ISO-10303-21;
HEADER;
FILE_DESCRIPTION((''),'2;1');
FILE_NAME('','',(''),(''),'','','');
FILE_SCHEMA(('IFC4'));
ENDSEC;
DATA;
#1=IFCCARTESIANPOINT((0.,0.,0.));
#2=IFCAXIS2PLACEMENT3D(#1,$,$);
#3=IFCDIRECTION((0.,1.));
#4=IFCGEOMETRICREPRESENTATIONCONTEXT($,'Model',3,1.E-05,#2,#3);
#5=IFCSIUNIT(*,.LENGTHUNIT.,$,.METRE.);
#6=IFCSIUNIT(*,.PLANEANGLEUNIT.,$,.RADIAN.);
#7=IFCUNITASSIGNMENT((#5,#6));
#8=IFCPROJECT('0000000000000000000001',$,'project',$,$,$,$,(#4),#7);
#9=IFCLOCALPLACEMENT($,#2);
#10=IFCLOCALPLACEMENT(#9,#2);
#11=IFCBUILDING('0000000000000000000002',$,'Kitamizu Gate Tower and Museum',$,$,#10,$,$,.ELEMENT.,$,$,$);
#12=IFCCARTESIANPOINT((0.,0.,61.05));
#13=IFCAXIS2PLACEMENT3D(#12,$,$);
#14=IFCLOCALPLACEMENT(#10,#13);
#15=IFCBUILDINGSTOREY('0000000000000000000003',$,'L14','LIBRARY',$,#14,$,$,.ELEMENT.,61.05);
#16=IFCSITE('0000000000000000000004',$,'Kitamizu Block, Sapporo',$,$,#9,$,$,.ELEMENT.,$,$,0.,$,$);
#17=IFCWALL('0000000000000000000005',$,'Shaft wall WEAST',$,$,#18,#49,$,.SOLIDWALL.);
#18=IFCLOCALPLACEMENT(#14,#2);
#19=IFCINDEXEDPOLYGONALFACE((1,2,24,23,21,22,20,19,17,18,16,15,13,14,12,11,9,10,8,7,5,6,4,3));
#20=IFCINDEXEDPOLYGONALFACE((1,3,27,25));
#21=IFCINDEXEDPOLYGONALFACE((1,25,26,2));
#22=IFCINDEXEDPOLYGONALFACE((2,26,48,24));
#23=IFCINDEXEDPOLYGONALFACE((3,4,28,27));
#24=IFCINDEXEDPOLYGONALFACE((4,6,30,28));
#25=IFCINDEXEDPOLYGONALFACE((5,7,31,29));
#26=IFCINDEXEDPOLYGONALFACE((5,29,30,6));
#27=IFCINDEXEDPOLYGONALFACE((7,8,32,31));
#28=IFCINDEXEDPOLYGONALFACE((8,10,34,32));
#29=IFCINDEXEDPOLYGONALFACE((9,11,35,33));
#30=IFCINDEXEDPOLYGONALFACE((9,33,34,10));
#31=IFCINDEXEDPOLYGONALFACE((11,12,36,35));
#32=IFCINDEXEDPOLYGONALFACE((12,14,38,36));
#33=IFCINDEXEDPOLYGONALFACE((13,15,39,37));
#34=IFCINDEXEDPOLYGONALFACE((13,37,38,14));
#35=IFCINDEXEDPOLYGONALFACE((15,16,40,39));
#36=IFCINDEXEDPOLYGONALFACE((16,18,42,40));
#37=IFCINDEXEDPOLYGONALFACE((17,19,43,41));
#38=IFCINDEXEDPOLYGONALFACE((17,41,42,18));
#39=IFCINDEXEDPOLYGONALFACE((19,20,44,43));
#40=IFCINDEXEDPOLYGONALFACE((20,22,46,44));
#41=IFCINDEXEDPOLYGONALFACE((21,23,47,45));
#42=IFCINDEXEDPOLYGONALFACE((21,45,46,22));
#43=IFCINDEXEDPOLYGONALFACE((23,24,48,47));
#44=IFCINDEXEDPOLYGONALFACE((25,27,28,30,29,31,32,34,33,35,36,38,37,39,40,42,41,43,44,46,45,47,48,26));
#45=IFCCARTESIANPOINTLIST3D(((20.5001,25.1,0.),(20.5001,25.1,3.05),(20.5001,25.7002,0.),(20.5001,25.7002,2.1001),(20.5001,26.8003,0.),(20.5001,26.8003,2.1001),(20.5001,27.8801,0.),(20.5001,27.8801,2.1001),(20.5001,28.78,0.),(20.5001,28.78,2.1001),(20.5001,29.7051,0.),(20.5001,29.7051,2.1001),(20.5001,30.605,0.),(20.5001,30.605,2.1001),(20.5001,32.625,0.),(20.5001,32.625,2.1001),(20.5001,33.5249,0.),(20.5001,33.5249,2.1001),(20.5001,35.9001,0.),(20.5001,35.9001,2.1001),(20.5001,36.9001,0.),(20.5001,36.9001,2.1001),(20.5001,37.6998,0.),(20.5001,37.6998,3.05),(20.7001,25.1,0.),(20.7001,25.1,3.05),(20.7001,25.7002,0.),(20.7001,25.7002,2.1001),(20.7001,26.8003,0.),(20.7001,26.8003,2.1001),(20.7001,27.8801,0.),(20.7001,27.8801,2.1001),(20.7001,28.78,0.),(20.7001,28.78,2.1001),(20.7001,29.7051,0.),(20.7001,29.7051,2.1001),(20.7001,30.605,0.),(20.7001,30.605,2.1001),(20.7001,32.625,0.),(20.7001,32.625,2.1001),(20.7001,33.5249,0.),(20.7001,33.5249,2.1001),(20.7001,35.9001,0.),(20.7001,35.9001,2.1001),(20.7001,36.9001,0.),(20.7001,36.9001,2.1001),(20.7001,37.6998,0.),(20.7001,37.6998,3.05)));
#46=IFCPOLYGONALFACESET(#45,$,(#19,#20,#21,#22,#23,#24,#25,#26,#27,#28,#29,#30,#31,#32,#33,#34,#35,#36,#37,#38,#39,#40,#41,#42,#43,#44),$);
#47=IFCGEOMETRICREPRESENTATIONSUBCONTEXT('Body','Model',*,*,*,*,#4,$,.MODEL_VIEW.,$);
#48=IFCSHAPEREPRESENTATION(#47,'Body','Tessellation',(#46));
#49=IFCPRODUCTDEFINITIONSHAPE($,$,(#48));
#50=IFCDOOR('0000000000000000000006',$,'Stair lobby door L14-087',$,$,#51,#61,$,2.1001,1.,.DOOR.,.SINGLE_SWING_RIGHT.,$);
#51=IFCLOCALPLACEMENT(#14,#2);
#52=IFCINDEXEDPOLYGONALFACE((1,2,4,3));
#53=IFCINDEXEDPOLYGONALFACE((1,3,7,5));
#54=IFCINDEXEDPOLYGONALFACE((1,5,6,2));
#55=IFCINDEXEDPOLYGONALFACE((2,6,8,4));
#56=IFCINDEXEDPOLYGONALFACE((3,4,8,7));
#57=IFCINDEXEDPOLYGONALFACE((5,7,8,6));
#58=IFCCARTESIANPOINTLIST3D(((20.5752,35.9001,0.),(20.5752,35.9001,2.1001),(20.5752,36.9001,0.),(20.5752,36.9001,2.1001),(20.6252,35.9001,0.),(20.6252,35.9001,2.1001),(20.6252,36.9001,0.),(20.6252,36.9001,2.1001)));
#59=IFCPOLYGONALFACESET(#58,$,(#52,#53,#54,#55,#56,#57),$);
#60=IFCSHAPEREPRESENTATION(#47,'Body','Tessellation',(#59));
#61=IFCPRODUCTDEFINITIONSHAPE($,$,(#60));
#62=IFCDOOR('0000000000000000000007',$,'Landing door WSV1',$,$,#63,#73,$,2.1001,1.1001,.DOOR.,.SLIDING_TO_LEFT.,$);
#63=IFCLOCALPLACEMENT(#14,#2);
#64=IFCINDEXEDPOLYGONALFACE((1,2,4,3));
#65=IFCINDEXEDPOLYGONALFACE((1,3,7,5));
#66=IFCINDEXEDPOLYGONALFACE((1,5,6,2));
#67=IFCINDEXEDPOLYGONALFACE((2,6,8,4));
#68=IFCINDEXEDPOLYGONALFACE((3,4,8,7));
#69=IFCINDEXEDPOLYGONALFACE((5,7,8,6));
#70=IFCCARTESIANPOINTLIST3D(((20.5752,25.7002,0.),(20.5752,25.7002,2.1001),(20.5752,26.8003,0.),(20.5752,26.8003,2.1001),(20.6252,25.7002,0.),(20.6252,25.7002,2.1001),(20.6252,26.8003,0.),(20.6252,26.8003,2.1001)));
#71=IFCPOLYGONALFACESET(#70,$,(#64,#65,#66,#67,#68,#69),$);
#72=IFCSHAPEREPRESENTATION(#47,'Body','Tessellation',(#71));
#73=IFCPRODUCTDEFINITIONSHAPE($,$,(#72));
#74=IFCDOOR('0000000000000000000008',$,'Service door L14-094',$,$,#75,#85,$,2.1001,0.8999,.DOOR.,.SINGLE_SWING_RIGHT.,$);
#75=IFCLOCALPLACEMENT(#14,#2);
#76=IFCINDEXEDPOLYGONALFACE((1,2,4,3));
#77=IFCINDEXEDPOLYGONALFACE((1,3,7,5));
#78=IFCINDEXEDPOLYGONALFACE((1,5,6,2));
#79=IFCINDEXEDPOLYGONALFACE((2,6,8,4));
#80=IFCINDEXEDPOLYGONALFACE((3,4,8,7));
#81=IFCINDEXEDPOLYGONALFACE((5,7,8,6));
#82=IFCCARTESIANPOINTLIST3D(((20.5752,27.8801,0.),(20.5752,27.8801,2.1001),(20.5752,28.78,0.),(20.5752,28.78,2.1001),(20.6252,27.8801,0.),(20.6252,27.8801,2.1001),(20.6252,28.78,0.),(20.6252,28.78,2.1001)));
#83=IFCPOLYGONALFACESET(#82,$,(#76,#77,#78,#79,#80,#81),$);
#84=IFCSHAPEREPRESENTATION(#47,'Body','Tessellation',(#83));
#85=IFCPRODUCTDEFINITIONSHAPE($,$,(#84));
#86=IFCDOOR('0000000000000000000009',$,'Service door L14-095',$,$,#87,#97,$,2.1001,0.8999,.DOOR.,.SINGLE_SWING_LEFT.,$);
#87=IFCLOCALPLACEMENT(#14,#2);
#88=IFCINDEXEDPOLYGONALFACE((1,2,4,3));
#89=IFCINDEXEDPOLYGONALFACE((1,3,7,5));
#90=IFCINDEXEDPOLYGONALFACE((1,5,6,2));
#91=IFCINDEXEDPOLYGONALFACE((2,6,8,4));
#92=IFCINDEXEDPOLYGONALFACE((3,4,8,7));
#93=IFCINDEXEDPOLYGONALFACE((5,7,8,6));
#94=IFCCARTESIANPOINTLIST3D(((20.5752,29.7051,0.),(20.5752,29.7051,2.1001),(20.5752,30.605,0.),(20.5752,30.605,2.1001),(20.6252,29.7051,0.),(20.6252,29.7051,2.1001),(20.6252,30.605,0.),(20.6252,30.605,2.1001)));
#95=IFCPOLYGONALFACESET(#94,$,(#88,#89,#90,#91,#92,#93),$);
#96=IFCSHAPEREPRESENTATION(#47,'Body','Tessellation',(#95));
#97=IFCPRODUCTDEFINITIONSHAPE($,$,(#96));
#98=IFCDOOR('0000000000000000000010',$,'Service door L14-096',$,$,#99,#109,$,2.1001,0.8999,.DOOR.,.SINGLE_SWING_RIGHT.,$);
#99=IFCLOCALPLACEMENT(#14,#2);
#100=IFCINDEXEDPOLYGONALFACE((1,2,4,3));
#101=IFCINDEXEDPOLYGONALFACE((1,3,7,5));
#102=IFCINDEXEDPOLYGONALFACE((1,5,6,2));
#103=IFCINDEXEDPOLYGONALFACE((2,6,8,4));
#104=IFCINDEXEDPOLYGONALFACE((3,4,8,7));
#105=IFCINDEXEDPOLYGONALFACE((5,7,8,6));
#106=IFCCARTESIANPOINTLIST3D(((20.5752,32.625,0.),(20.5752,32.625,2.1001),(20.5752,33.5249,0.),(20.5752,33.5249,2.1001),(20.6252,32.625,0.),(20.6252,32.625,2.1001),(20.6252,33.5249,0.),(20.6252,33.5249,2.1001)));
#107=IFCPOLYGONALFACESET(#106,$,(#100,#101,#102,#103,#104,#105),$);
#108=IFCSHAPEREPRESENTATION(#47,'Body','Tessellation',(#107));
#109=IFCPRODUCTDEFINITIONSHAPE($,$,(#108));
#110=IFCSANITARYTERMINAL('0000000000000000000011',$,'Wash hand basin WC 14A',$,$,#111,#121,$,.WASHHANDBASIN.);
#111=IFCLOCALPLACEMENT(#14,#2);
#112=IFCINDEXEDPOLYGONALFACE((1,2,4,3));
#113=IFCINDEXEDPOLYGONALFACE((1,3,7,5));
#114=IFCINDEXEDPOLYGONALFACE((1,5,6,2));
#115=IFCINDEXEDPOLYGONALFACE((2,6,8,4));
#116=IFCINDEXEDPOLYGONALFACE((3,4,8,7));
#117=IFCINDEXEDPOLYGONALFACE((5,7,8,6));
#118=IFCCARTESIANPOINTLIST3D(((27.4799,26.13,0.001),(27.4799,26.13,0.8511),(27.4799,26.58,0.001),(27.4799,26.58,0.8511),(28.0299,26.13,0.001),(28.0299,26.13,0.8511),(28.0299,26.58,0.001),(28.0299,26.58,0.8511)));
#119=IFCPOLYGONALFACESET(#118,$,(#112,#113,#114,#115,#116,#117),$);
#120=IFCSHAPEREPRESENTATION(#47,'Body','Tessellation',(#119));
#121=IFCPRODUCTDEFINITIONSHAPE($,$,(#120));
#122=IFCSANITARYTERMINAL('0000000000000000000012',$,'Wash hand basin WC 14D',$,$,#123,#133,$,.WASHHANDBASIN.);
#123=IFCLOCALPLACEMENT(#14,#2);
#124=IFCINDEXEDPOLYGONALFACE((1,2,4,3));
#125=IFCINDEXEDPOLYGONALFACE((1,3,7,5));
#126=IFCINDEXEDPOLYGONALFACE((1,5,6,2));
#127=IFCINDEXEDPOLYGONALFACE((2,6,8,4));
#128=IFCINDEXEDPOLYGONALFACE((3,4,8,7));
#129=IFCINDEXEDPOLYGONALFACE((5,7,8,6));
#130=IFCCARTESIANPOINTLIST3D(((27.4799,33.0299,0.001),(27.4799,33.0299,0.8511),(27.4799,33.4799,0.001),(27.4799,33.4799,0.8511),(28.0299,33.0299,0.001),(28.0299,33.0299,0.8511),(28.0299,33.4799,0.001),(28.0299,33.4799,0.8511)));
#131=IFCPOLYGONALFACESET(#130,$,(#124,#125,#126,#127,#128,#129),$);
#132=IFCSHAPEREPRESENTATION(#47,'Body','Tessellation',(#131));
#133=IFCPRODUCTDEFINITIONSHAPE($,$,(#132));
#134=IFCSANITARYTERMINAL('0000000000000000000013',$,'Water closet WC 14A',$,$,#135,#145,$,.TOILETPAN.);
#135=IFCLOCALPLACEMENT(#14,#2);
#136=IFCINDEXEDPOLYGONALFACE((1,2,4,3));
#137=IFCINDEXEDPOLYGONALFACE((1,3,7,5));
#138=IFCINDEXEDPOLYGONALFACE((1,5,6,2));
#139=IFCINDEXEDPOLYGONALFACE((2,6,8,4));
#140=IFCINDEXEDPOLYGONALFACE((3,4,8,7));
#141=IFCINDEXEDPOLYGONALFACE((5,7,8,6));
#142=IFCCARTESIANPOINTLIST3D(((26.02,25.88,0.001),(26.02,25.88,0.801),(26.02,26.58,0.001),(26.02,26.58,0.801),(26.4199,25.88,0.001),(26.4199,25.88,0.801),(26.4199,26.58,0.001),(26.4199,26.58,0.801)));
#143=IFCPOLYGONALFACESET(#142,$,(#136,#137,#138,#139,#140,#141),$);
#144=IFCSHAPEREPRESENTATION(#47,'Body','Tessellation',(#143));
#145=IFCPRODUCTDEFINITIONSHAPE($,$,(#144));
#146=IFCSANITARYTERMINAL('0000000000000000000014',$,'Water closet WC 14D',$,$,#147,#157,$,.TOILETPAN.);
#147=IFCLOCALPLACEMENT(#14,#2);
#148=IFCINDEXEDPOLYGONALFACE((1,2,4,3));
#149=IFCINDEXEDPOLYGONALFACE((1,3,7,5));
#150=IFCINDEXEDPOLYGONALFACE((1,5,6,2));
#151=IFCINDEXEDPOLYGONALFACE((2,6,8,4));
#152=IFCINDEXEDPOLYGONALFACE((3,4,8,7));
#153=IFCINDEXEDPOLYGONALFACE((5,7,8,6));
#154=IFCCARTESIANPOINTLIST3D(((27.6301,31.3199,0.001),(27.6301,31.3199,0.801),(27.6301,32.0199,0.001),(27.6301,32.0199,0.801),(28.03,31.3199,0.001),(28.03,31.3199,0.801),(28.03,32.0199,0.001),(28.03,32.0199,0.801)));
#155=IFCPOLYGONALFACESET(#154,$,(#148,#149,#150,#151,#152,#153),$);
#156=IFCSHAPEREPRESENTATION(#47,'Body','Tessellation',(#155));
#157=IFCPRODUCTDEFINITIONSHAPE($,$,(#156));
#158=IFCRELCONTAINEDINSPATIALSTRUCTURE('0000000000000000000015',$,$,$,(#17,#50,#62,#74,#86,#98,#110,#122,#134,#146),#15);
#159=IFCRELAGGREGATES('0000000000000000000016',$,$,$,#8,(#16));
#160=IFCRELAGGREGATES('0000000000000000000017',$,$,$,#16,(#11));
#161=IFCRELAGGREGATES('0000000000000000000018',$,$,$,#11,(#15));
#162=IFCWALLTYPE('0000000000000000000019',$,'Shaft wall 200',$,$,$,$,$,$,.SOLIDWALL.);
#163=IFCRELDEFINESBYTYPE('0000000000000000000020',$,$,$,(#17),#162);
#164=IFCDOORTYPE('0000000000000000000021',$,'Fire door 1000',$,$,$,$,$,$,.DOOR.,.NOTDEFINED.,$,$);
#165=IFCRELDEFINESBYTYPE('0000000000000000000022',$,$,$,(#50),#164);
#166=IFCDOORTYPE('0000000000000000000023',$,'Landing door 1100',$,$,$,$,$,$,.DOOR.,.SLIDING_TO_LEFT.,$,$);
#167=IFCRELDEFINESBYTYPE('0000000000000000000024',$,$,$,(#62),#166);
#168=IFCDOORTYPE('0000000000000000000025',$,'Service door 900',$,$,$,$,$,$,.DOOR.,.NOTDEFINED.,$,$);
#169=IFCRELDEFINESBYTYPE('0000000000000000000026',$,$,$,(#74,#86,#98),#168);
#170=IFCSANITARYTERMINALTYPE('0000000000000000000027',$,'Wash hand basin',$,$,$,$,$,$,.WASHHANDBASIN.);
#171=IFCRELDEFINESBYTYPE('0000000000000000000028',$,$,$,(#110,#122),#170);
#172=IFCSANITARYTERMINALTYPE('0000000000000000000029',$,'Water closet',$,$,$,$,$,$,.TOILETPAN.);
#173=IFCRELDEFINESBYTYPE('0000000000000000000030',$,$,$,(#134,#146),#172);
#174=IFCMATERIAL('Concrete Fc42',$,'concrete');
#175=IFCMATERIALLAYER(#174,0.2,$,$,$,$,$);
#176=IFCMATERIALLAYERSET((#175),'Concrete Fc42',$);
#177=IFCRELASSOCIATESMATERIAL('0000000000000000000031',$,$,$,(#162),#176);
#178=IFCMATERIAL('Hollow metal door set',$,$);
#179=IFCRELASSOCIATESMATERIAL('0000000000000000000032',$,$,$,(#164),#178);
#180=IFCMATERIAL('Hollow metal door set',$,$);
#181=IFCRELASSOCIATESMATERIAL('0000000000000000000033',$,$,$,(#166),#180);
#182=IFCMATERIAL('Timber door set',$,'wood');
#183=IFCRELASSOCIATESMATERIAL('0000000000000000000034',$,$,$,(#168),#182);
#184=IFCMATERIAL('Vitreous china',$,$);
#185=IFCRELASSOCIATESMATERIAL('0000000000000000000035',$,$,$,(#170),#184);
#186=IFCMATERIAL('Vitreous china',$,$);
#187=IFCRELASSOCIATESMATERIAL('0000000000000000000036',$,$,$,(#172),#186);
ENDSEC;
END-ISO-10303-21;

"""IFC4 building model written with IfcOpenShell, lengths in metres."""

from ifc_helpers import new_model, si_unit, direction, frame, frame_2d, origin, origin_2d, place, context, subcontext, project, spatial, rectangle, extrude, material, layer, layer_set, type_object, element, fill, save


model = new_model("IFC4")

# Units and contexts
model_context = context("Model", 3, precision=1e-05, world=origin(), true_north=direction((0.0, 1.0)))
body_context = subcontext(model_context, "Body", "Model", "MODEL_VIEW")
ifc_project = project(units=[si_unit("LENGTHUNIT", "METRE"), si_unit("PLANEANGLEUNIT", "RADIAN")], contexts=[model_context])

# Site, building, storey
site_placement = place(None, origin())
site = spatial("IfcSite", under=ifc_project, at=site_placement, Name="Kitamizu Block, Sapporo", CompositionType="ELEMENT", RefElevation=0.0)
building_placement = place(site_placement, origin())
building = spatial("IfcBuilding", under=site, at=building_placement, Name="Kitamizu Gate Tower and Museum", CompositionType="ELEMENT")
storey_placement = place(building_placement, frame((0.0, 0.0, 61.05)))
storey = spatial("IfcBuildingStorey", under=building, at=storey_placement, Name="L14", Description="LIBRARY", CompositionType="ELEMENT", Elevation=61.05)

# Wall, openings, doors
ifc_material_1 = material(Name="Concrete Fc42", Category="concrete")
ifc_layer_1 = layer(ifc_material_1, 0.2)
ifc_layer_set_1 = layer_set([ifc_layer_1], Name="Concrete Fc42")
wall_type_1 = type_object("IfcWallType", Name="Shaft wall 200", PredefinedType="SOLIDWALL", material=ifc_layer_set_1)
wall_1_placement = place(storey_placement, frame((20.6001, 25.1001, 0.0), z_axis=(0.0, 0.0, 1.0), x_axis=(0.0, 1.0, 0.0)))
wall_1 = element("IfcWall", 1, at=wall_1_placement, inside=storey, type_object=wall_type_1, Name="Shaft wall WEAST", PredefinedType="SOLIDWALL", context=body_context, shape_type="SweptSolid", body=[
    extrude(rectangle(XDim=12.5999, YDim=0.2, at=frame_2d((6.2998, 0.0))), origin(), (0.0, 0.0, 1.0), 3.05),
])
opening_1_placement = place(wall_1_placement, frame((0.6001, 0.0, 0.0)))
opening_1 = element("IfcOpeningElement", 2, at=opening_1_placement, cuts=wall_1, PredefinedType="OPENING", context=body_context, shape_type="SweptSolid", body=[
    extrude(rectangle(XDim=1.1001, YDim=2.1001, at=frame_2d((0.55, 1.05))), frame((0.0, 0.1099, 0.0), z_axis=(0.0, -1.0, 0.0), x_axis=(1.0, 0.0, 0.0)), (0.0, 0.0, 1.0), 0.22),
])
opening_2_placement = place(wall_1_placement, frame((10.8, 0.0, 0.0)))
opening_2 = element("IfcOpeningElement", 3, at=opening_2_placement, cuts=wall_1, PredefinedType="OPENING", context=body_context, shape_type="SweptSolid", body=[
    extrude(rectangle(XDim=1.0, YDim=2.1001, at=frame_2d((0.5, 1.05))), frame((0.0, 0.1099, 0.0), z_axis=(0.0, -1.0, 0.0), x_axis=(1.0, 0.0, 0.0)), (0.0, 0.0, 1.0), 0.22),
])
opening_3_placement = place(wall_1_placement, frame((2.78, 0.0, 0.0)))
opening_3 = element("IfcOpeningElement", 4, at=opening_3_placement, cuts=wall_1, PredefinedType="OPENING", context=body_context, shape_type="SweptSolid", body=[
    extrude(rectangle(XDim=0.8999, YDim=2.1001, at=frame_2d((0.45, 1.05))), frame((0.0, 0.1099, 0.0), z_axis=(0.0, -1.0, 0.0), x_axis=(1.0, 0.0, 0.0)), (0.0, 0.0, 1.0), 0.22),
])
opening_4_placement = place(wall_1_placement, frame((4.605, 0.0, 0.0)))
opening_4 = element("IfcOpeningElement", 5, at=opening_4_placement, cuts=wall_1, PredefinedType="OPENING", context=body_context, shape_type="SweptSolid", body=[
    extrude(rectangle(XDim=0.8999, YDim=2.1001, at=frame_2d((0.45, 1.05))), frame((0.0, 0.1099, 0.0), z_axis=(0.0, -1.0, 0.0), x_axis=(1.0, 0.0, 0.0)), (0.0, 0.0, 1.0), 0.22),
])
opening_5_placement = place(wall_1_placement, frame((7.5249, 0.0, 0.0)))
opening_5 = element("IfcOpeningElement", 6, at=opening_5_placement, cuts=wall_1, PredefinedType="OPENING", context=body_context, shape_type="SweptSolid", body=[
    extrude(rectangle(XDim=0.8999, YDim=2.1001, at=frame_2d((0.45, 1.05))), frame((0.0, 0.1099, 0.0), z_axis=(0.0, -1.0, 0.0), x_axis=(1.0, 0.0, 0.0)), (0.0, 0.0, 1.0), 0.22),
])
ifc_material_2 = material(Name="Hollow metal door set")
door_type_1 = type_object("IfcDoorType", Name="Fire door 1000", OperationType="NOTDEFINED", PredefinedType="DOOR", material=ifc_material_2)
door_1_placement = place(opening_2_placement, origin())
door_1 = element("IfcDoor", 7, at=door_1_placement, inside=storey, type_object=door_type_1, Name="Stair lobby door L14-087", OperationType="SINGLE_SWING_RIGHT", OverallHeight=2.1001, OverallWidth=1.0, PredefinedType="DOOR", context=body_context, shape_type="SweptSolid", body=[
    extrude(rectangle(XDim=1.0, YDim=2.1001, at=frame_2d((0.5, 1.05))), frame((0.0, 0.0249, 0.0), z_axis=(0.0, -1.0, 0.0), x_axis=(1.0, 0.0, 0.0)), (0.0, 0.0, 1.0), 0.05),
])
fill(opening_2, door_1)
ifc_material_3 = material(Name="Hollow metal door set")
door_type_2 = type_object("IfcDoorType", Name="Landing door 1100", OperationType="SLIDING_TO_LEFT", PredefinedType="DOOR", material=ifc_material_3)
door_2_placement = place(opening_1_placement, origin())
door_2 = element("IfcDoor", 8, at=door_2_placement, inside=storey, type_object=door_type_2, Name="Landing door WSV1", OperationType="SLIDING_TO_LEFT", OverallHeight=2.1001, OverallWidth=1.1001, PredefinedType="DOOR", context=body_context, shape_type="SweptSolid", body=[
    extrude(rectangle(XDim=1.1001, YDim=2.1001, at=frame_2d((0.55, 1.05))), frame((0.0, 0.0249, 0.0), z_axis=(0.0, -1.0, 0.0), x_axis=(1.0, 0.0, 0.0)), (0.0, 0.0, 1.0), 0.05),
])
fill(opening_1, door_2)
ifc_material_4 = material(Name="Timber door set", Category="wood")
door_type_3 = type_object("IfcDoorType", Name="Service door 900", OperationType="NOTDEFINED", PredefinedType="DOOR", material=ifc_material_4)
door_3_placement = place(opening_3_placement, origin())
door_3 = element("IfcDoor", 9, at=door_3_placement, inside=storey, type_object=door_type_3, Name="Service door L14-094", OperationType="SINGLE_SWING_RIGHT", OverallHeight=2.1001, OverallWidth=0.8999, PredefinedType="DOOR", context=body_context, shape_type="SweptSolid", body=[
    extrude(rectangle(XDim=0.8999, YDim=2.1001, at=frame_2d((0.45, 1.05))), frame((0.0, 0.0249, 0.0), z_axis=(0.0, -1.0, 0.0), x_axis=(1.0, 0.0, 0.0)), (0.0, 0.0, 1.0), 0.05),
])
fill(opening_3, door_3)
door_4_placement = place(opening_4_placement, origin())
door_4 = element("IfcDoor", 10, at=door_4_placement, inside=storey, type_object=door_type_3, Name="Service door L14-095", OperationType="SINGLE_SWING_LEFT", OverallHeight=2.1001, OverallWidth=0.8999, PredefinedType="DOOR", context=body_context, shape_type="SweptSolid", body=[
    extrude(rectangle(XDim=0.8999, YDim=2.1001, at=frame_2d((0.45, 1.05))), frame((0.0, 0.0249, 0.0), z_axis=(0.0, -1.0, 0.0), x_axis=(1.0, 0.0, 0.0)), (0.0, 0.0, 1.0), 0.05),
])
fill(opening_4, door_4)
door_5_placement = place(opening_5_placement, origin())
door_5 = element("IfcDoor", 11, at=door_5_placement, inside=storey, type_object=door_type_3, Name="Service door L14-096", OperationType="SINGLE_SWING_RIGHT", OverallHeight=2.1001, OverallWidth=0.8999, PredefinedType="DOOR", context=body_context, shape_type="SweptSolid", body=[
    extrude(rectangle(XDim=0.8999, YDim=2.1001, at=frame_2d((0.45, 1.05))), frame((0.0, 0.0249, 0.0), z_axis=(0.0, -1.0, 0.0), x_axis=(1.0, 0.0, 0.0)), (0.0, 0.0, 1.0), 0.05),
])
fill(opening_5, door_5)

# Sanitary terminals
ifc_material_5 = material(Name="Vitreous china")
sanitary_terminal_type_1 = type_object("IfcSanitaryTerminalType", Name="Wash hand basin", PredefinedType="WASHHANDBASIN", material=ifc_material_5)
for number, where, z_axis, x_axis, name in (
    (12, (27.7549, 26.355, 0.001), (0.0, 0.0, 1.0), (1.0, 0.0, 0.0), "Wash hand basin WC 14A"),
    (13, (27.7549, 33.2549, 0.001), (0.0, 0.0, 1.0), (1.0, 0.0, 0.0), "Wash hand basin WC 14D"),
):
    element("IfcSanitaryTerminal", number, at=place(storey_placement, frame(where, z_axis=z_axis, x_axis=x_axis)), inside=storey, type_object=sanitary_terminal_type_1, Name=name, PredefinedType="WASHHANDBASIN", context=body_context, shape_type="SweptSolid", body=[
        extrude(rectangle(XDim=0.55, YDim=0.45, at=origin_2d()), origin(), (0.0, 0.0, 1.0), 0.8501),
    ])
ifc_material_6 = material(Name="Vitreous china")
sanitary_terminal_type_2 = type_object("IfcSanitaryTerminalType", Name="Water closet", PredefinedType="TOILETPAN", material=ifc_material_6)
for number, where, z_axis, x_axis, name in (
    (14, (26.22, 26.23, 0.001), (0.0, 0.0, 1.0), (1.0, 0.0, 0.0), "Water closet WC 14A"),
    (15, (27.8301, 31.6699, 0.001), (0.0, 0.0, 1.0), (1.0, 0.0, 0.0), "Water closet WC 14D"),
):
    element("IfcSanitaryTerminal", number, at=place(storey_placement, frame(where, z_axis=z_axis, x_axis=x_axis)), inside=storey, type_object=sanitary_terminal_type_2, Name=name, PredefinedType="TOILETPAN", context=body_context, shape_type="SweptSolid", body=[
        extrude(rectangle(XDim=0.3999, YDim=0.7, at=origin_2d()), origin(), (0.0, 0.0, 1.0), 0.8),
    ])

save(model, "model.ifc")
